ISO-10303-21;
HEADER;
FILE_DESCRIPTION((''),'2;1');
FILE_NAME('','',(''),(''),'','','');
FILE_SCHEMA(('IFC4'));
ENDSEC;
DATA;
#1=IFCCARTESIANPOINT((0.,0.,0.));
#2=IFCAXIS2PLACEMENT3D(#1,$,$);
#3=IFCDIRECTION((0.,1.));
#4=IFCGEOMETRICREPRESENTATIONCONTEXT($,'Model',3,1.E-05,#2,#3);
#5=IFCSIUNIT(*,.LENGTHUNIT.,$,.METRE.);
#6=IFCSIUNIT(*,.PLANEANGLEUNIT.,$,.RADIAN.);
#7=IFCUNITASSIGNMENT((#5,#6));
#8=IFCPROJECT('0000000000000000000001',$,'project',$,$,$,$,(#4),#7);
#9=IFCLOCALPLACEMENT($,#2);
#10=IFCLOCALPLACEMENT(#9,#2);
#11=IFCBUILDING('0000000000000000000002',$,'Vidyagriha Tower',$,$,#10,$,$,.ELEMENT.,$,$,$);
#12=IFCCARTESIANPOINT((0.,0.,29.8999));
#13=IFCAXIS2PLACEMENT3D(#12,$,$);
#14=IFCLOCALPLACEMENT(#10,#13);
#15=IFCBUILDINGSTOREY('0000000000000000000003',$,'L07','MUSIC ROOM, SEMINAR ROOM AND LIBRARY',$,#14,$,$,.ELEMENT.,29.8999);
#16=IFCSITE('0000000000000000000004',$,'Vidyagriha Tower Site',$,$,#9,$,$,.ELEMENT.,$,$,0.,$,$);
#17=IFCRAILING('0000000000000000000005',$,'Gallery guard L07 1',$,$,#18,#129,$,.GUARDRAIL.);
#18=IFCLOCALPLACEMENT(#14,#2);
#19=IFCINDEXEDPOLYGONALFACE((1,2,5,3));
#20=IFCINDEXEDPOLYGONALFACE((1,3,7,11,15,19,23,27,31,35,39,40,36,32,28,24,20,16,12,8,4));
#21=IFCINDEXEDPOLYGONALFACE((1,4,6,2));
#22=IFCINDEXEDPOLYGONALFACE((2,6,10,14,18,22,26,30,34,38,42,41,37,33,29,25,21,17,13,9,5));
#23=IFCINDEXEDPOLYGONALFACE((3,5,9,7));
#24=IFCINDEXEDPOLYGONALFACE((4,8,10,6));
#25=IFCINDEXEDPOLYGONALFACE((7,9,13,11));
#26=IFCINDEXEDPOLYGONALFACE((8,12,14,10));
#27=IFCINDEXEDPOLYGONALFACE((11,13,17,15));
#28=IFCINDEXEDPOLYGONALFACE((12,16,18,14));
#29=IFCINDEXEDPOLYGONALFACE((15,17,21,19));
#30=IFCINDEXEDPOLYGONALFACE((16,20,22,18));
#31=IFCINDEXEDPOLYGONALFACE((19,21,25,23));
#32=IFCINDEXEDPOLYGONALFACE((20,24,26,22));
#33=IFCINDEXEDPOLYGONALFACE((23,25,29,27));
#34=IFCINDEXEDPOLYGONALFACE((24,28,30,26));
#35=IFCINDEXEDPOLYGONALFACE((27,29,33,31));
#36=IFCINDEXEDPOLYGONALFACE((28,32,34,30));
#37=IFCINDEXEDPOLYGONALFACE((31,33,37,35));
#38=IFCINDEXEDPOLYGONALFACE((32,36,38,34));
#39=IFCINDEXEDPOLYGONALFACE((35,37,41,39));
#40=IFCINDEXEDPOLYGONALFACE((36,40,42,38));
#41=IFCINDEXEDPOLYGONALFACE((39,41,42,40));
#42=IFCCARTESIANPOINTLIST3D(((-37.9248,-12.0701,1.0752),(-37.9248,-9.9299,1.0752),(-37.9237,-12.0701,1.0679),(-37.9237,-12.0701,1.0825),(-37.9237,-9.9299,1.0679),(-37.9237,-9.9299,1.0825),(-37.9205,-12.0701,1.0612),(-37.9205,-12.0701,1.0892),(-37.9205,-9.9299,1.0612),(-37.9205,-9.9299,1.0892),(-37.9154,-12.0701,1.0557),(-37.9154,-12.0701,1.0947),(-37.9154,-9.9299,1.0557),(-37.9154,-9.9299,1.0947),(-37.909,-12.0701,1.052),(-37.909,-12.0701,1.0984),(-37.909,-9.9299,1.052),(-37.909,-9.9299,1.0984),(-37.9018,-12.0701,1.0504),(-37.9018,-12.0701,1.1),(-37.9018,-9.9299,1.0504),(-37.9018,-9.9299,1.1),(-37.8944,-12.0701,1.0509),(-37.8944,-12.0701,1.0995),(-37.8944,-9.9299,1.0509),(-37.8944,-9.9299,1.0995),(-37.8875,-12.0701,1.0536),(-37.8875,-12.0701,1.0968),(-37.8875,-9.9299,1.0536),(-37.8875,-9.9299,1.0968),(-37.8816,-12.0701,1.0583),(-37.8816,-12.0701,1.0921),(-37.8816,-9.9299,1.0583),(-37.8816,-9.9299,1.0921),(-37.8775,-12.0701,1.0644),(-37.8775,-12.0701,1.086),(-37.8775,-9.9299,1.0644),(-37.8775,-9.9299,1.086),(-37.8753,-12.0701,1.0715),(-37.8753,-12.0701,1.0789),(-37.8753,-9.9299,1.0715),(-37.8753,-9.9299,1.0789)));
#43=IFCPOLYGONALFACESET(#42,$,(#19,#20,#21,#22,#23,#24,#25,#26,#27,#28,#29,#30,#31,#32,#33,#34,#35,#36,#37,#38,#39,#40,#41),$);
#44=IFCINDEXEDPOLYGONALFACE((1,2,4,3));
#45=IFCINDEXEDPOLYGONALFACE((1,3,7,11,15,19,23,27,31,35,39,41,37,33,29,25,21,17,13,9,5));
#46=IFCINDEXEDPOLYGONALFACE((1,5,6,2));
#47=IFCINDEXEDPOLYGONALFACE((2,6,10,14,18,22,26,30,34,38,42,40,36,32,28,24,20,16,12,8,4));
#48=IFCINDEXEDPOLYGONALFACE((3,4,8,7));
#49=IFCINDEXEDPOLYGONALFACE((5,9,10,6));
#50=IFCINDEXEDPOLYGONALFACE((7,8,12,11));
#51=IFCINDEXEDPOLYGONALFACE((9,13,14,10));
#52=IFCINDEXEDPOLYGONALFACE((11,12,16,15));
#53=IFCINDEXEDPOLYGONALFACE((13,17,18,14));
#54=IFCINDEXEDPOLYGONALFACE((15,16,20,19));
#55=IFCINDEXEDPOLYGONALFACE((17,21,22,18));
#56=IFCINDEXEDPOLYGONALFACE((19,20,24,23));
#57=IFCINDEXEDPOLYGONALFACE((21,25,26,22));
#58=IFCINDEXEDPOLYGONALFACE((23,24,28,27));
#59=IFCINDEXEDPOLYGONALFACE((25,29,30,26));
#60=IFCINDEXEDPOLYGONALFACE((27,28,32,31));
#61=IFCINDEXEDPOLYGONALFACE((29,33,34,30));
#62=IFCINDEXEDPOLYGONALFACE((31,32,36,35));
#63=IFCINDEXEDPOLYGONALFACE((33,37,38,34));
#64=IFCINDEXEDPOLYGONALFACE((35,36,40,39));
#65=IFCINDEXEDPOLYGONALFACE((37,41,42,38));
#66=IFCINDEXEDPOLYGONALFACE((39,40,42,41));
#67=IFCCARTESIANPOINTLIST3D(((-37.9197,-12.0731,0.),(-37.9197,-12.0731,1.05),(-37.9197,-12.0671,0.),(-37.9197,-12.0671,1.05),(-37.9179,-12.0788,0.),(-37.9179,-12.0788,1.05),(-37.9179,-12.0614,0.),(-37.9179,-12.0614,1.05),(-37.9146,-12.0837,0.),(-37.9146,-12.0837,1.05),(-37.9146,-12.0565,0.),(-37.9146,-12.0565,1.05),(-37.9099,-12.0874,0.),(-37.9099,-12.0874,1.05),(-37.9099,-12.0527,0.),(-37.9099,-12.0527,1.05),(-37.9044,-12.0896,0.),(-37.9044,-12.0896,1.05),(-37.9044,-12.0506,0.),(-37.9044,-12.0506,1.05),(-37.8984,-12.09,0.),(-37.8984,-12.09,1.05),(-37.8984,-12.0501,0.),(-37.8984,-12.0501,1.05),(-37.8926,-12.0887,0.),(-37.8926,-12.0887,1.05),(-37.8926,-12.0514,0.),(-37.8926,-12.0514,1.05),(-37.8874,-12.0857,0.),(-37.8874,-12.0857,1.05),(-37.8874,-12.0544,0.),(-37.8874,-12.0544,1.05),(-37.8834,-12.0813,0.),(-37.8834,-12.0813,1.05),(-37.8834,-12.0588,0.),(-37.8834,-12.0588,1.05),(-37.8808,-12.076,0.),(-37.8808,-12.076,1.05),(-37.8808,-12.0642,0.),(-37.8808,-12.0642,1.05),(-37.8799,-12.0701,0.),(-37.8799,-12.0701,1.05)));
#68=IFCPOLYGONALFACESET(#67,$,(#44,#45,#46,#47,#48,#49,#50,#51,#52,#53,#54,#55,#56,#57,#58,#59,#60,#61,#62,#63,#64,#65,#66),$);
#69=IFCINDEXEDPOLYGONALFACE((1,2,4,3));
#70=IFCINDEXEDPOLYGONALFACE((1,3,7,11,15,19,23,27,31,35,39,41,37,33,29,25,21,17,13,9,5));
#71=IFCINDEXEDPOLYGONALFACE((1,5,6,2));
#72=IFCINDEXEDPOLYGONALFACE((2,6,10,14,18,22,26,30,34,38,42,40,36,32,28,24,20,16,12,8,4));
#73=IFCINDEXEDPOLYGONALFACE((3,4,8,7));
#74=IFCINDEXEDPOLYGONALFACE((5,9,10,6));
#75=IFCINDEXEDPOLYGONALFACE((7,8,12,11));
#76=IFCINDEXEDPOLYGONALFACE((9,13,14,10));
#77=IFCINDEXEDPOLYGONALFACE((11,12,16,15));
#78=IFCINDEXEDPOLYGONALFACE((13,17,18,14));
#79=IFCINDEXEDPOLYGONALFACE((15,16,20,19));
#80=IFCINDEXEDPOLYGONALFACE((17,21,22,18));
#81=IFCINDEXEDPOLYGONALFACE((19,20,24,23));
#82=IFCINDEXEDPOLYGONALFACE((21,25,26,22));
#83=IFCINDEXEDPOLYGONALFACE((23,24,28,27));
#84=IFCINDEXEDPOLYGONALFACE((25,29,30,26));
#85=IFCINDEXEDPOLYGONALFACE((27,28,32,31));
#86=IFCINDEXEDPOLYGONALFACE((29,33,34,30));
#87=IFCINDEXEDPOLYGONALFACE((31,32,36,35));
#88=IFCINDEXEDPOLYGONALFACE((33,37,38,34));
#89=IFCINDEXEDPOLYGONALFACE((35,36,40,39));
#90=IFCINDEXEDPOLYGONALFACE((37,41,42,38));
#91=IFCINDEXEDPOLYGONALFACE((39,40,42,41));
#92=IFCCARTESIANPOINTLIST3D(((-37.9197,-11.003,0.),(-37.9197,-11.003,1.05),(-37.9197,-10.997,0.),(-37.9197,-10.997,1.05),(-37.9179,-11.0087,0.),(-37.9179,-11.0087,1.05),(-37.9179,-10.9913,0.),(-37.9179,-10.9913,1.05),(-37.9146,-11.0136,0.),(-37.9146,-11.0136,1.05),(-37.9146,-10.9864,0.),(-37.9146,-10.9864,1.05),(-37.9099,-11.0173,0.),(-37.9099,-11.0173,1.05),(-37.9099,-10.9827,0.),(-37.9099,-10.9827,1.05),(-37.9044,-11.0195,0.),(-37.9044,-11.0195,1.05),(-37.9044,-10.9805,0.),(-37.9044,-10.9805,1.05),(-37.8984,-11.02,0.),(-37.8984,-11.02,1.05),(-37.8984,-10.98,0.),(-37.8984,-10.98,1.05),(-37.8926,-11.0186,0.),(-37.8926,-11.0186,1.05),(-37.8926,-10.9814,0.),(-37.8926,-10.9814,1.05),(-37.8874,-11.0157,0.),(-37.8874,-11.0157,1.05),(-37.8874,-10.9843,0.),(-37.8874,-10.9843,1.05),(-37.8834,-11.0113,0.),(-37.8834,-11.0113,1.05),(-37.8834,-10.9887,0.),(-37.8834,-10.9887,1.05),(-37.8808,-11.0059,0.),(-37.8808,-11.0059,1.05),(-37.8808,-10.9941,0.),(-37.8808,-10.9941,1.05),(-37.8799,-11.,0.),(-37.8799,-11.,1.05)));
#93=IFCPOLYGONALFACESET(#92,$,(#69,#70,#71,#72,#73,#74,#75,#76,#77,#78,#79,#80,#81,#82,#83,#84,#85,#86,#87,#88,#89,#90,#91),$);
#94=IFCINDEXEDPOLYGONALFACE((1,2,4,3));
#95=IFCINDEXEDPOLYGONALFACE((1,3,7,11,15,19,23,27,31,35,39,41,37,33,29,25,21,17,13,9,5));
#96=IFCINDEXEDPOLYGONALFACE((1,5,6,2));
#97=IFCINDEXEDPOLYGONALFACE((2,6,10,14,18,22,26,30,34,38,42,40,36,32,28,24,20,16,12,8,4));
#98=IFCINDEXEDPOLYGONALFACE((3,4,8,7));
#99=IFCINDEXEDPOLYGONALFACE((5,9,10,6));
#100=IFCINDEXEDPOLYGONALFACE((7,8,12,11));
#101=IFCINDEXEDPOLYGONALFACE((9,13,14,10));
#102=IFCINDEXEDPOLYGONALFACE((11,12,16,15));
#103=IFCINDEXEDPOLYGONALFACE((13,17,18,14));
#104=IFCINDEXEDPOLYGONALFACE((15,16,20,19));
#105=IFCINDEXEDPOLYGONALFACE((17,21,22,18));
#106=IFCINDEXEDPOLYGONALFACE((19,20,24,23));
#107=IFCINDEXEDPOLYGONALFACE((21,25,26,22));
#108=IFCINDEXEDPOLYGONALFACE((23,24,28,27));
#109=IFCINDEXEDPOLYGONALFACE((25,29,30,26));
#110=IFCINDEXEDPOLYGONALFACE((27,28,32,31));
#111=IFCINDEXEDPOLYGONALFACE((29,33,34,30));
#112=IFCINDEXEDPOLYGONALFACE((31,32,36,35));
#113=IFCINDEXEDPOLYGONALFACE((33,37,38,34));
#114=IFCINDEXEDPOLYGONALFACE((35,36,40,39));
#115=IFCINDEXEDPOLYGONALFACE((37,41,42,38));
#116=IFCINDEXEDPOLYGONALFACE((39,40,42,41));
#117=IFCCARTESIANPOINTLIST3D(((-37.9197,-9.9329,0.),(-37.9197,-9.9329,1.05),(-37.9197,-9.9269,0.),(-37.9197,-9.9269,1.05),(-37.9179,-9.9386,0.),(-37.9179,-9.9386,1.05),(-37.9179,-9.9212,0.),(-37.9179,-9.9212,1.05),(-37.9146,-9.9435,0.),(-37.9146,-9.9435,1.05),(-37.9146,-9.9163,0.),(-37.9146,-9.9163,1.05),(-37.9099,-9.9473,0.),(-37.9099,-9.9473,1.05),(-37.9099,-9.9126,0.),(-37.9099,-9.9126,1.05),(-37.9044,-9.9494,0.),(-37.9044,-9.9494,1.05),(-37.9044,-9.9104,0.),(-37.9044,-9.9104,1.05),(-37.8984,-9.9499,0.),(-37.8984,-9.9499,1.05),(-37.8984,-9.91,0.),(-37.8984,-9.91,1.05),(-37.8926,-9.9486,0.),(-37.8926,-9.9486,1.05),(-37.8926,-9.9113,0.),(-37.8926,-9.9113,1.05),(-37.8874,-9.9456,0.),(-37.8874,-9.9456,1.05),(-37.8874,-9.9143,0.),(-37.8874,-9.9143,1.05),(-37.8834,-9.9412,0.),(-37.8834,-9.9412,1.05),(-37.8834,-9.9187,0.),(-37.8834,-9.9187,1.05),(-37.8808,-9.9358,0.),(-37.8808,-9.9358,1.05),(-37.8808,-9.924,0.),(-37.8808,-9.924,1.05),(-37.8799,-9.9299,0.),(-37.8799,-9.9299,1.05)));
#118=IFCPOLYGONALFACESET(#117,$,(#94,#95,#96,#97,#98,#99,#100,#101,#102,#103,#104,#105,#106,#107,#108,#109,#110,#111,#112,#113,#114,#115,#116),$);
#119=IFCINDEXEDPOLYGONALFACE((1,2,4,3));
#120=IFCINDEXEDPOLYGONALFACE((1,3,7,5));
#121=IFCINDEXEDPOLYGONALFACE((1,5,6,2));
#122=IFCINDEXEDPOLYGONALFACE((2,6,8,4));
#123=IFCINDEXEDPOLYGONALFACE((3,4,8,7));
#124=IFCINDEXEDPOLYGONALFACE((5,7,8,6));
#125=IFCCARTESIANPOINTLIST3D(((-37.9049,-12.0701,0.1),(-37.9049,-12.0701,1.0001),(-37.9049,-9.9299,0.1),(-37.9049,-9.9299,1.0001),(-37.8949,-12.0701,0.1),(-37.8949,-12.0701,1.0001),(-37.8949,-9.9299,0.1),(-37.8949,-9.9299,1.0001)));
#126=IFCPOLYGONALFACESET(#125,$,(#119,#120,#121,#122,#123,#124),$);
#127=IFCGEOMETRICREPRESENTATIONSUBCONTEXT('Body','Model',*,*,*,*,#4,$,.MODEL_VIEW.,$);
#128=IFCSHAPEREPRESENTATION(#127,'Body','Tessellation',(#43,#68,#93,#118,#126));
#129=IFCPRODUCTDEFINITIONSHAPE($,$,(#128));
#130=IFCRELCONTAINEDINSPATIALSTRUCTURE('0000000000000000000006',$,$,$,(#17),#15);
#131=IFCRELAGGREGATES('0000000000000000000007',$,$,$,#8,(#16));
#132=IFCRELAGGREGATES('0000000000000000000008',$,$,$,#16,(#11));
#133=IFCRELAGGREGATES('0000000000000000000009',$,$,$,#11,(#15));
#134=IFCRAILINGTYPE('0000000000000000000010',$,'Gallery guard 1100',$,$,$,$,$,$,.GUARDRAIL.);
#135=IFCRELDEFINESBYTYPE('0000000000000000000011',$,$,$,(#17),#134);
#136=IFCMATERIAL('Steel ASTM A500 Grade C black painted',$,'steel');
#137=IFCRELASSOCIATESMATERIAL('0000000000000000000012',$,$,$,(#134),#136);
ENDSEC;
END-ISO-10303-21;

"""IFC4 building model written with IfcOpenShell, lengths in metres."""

from ifc_helpers import new_model, si_unit, direction, frame, origin, origin_2d, place, context, subcontext, project, spatial, rectangle, circle, extrude, material, type_object, element, save


model = new_model("IFC4")

# Units and contexts
model_context = context("Model", 3, precision=1e-05, world=origin(), true_north=direction((0.0, 1.0)))
body_context = subcontext(model_context, "Body", "Model", "MODEL_VIEW")
ifc_project = project(units=[si_unit("LENGTHUNIT", "METRE"), si_unit("PLANEANGLEUNIT", "RADIAN")], contexts=[model_context])

# Site, building, storey
site_placement = place(None, origin())
site = spatial("IfcSite", under=ifc_project, at=site_placement, Name="Vidyagriha Tower Site", CompositionType="ELEMENT", RefElevation=0.0)
building_placement = place(site_placement, origin())
building = spatial("IfcBuilding", under=site, at=building_placement, Name="Vidyagriha Tower", CompositionType="ELEMENT")
storey_placement = place(building_placement, frame((0.0, 0.0, 29.8999)))
storey = spatial("IfcBuildingStorey", under=building, at=storey_placement, Name="L07", Description="MUSIC ROOM, SEMINAR ROOM AND LIBRARY", CompositionType="ELEMENT", Elevation=29.8999)

# Railing
ifc_material_1 = material(Name="Steel ASTM A500 Grade C black painted", Category="steel")
railing_type = type_object("IfcRailingType", Name="Gallery guard 1100", PredefinedType="GUARDRAIL", material=ifc_material_1)
railing_1_placement = place(storey_placement, frame((-37.8999, -12.0701, 0.0)))
element("IfcRailing", 1, at=railing_1_placement, inside=storey, type_object=railing_type, Name="Gallery guard L07 1", PredefinedType="GUARDRAIL", context=body_context, shape_type="SweptSolid", body=[
    extrude(circle(Radius=0.0249, at=origin_2d()), frame((0.0, 0.0, 1.0752), z_axis=(0.0, 1.0, 0.0), x_axis=(-1.0, 0.0, 0.0)), (0.0, 0.0, 1.0), 2.1401),
    extrude(circle(Radius=0.02, at=origin_2d()), origin(), (0.0, 0.0, 1.0), 1.05),
    extrude(circle(Radius=0.02, at=origin_2d()), frame((0.0, 1.0701, 0.0)), (0.0, 0.0, 1.0), 1.05),
    extrude(circle(Radius=0.02, at=origin_2d()), frame((0.0, 2.1401, 0.0)), (0.0, 0.0, 1.0), 1.05),
    extrude(rectangle(XDim=0.01, YDim=0.9001, at=origin_2d()), frame((0.0, 0.0, 0.55), z_axis=(0.0, 1.0, 0.0), x_axis=(-1.0, 0.0, 0.0)), (0.0, 0.0, 1.0), 2.1401),
])

save(model, "model.ifc")
